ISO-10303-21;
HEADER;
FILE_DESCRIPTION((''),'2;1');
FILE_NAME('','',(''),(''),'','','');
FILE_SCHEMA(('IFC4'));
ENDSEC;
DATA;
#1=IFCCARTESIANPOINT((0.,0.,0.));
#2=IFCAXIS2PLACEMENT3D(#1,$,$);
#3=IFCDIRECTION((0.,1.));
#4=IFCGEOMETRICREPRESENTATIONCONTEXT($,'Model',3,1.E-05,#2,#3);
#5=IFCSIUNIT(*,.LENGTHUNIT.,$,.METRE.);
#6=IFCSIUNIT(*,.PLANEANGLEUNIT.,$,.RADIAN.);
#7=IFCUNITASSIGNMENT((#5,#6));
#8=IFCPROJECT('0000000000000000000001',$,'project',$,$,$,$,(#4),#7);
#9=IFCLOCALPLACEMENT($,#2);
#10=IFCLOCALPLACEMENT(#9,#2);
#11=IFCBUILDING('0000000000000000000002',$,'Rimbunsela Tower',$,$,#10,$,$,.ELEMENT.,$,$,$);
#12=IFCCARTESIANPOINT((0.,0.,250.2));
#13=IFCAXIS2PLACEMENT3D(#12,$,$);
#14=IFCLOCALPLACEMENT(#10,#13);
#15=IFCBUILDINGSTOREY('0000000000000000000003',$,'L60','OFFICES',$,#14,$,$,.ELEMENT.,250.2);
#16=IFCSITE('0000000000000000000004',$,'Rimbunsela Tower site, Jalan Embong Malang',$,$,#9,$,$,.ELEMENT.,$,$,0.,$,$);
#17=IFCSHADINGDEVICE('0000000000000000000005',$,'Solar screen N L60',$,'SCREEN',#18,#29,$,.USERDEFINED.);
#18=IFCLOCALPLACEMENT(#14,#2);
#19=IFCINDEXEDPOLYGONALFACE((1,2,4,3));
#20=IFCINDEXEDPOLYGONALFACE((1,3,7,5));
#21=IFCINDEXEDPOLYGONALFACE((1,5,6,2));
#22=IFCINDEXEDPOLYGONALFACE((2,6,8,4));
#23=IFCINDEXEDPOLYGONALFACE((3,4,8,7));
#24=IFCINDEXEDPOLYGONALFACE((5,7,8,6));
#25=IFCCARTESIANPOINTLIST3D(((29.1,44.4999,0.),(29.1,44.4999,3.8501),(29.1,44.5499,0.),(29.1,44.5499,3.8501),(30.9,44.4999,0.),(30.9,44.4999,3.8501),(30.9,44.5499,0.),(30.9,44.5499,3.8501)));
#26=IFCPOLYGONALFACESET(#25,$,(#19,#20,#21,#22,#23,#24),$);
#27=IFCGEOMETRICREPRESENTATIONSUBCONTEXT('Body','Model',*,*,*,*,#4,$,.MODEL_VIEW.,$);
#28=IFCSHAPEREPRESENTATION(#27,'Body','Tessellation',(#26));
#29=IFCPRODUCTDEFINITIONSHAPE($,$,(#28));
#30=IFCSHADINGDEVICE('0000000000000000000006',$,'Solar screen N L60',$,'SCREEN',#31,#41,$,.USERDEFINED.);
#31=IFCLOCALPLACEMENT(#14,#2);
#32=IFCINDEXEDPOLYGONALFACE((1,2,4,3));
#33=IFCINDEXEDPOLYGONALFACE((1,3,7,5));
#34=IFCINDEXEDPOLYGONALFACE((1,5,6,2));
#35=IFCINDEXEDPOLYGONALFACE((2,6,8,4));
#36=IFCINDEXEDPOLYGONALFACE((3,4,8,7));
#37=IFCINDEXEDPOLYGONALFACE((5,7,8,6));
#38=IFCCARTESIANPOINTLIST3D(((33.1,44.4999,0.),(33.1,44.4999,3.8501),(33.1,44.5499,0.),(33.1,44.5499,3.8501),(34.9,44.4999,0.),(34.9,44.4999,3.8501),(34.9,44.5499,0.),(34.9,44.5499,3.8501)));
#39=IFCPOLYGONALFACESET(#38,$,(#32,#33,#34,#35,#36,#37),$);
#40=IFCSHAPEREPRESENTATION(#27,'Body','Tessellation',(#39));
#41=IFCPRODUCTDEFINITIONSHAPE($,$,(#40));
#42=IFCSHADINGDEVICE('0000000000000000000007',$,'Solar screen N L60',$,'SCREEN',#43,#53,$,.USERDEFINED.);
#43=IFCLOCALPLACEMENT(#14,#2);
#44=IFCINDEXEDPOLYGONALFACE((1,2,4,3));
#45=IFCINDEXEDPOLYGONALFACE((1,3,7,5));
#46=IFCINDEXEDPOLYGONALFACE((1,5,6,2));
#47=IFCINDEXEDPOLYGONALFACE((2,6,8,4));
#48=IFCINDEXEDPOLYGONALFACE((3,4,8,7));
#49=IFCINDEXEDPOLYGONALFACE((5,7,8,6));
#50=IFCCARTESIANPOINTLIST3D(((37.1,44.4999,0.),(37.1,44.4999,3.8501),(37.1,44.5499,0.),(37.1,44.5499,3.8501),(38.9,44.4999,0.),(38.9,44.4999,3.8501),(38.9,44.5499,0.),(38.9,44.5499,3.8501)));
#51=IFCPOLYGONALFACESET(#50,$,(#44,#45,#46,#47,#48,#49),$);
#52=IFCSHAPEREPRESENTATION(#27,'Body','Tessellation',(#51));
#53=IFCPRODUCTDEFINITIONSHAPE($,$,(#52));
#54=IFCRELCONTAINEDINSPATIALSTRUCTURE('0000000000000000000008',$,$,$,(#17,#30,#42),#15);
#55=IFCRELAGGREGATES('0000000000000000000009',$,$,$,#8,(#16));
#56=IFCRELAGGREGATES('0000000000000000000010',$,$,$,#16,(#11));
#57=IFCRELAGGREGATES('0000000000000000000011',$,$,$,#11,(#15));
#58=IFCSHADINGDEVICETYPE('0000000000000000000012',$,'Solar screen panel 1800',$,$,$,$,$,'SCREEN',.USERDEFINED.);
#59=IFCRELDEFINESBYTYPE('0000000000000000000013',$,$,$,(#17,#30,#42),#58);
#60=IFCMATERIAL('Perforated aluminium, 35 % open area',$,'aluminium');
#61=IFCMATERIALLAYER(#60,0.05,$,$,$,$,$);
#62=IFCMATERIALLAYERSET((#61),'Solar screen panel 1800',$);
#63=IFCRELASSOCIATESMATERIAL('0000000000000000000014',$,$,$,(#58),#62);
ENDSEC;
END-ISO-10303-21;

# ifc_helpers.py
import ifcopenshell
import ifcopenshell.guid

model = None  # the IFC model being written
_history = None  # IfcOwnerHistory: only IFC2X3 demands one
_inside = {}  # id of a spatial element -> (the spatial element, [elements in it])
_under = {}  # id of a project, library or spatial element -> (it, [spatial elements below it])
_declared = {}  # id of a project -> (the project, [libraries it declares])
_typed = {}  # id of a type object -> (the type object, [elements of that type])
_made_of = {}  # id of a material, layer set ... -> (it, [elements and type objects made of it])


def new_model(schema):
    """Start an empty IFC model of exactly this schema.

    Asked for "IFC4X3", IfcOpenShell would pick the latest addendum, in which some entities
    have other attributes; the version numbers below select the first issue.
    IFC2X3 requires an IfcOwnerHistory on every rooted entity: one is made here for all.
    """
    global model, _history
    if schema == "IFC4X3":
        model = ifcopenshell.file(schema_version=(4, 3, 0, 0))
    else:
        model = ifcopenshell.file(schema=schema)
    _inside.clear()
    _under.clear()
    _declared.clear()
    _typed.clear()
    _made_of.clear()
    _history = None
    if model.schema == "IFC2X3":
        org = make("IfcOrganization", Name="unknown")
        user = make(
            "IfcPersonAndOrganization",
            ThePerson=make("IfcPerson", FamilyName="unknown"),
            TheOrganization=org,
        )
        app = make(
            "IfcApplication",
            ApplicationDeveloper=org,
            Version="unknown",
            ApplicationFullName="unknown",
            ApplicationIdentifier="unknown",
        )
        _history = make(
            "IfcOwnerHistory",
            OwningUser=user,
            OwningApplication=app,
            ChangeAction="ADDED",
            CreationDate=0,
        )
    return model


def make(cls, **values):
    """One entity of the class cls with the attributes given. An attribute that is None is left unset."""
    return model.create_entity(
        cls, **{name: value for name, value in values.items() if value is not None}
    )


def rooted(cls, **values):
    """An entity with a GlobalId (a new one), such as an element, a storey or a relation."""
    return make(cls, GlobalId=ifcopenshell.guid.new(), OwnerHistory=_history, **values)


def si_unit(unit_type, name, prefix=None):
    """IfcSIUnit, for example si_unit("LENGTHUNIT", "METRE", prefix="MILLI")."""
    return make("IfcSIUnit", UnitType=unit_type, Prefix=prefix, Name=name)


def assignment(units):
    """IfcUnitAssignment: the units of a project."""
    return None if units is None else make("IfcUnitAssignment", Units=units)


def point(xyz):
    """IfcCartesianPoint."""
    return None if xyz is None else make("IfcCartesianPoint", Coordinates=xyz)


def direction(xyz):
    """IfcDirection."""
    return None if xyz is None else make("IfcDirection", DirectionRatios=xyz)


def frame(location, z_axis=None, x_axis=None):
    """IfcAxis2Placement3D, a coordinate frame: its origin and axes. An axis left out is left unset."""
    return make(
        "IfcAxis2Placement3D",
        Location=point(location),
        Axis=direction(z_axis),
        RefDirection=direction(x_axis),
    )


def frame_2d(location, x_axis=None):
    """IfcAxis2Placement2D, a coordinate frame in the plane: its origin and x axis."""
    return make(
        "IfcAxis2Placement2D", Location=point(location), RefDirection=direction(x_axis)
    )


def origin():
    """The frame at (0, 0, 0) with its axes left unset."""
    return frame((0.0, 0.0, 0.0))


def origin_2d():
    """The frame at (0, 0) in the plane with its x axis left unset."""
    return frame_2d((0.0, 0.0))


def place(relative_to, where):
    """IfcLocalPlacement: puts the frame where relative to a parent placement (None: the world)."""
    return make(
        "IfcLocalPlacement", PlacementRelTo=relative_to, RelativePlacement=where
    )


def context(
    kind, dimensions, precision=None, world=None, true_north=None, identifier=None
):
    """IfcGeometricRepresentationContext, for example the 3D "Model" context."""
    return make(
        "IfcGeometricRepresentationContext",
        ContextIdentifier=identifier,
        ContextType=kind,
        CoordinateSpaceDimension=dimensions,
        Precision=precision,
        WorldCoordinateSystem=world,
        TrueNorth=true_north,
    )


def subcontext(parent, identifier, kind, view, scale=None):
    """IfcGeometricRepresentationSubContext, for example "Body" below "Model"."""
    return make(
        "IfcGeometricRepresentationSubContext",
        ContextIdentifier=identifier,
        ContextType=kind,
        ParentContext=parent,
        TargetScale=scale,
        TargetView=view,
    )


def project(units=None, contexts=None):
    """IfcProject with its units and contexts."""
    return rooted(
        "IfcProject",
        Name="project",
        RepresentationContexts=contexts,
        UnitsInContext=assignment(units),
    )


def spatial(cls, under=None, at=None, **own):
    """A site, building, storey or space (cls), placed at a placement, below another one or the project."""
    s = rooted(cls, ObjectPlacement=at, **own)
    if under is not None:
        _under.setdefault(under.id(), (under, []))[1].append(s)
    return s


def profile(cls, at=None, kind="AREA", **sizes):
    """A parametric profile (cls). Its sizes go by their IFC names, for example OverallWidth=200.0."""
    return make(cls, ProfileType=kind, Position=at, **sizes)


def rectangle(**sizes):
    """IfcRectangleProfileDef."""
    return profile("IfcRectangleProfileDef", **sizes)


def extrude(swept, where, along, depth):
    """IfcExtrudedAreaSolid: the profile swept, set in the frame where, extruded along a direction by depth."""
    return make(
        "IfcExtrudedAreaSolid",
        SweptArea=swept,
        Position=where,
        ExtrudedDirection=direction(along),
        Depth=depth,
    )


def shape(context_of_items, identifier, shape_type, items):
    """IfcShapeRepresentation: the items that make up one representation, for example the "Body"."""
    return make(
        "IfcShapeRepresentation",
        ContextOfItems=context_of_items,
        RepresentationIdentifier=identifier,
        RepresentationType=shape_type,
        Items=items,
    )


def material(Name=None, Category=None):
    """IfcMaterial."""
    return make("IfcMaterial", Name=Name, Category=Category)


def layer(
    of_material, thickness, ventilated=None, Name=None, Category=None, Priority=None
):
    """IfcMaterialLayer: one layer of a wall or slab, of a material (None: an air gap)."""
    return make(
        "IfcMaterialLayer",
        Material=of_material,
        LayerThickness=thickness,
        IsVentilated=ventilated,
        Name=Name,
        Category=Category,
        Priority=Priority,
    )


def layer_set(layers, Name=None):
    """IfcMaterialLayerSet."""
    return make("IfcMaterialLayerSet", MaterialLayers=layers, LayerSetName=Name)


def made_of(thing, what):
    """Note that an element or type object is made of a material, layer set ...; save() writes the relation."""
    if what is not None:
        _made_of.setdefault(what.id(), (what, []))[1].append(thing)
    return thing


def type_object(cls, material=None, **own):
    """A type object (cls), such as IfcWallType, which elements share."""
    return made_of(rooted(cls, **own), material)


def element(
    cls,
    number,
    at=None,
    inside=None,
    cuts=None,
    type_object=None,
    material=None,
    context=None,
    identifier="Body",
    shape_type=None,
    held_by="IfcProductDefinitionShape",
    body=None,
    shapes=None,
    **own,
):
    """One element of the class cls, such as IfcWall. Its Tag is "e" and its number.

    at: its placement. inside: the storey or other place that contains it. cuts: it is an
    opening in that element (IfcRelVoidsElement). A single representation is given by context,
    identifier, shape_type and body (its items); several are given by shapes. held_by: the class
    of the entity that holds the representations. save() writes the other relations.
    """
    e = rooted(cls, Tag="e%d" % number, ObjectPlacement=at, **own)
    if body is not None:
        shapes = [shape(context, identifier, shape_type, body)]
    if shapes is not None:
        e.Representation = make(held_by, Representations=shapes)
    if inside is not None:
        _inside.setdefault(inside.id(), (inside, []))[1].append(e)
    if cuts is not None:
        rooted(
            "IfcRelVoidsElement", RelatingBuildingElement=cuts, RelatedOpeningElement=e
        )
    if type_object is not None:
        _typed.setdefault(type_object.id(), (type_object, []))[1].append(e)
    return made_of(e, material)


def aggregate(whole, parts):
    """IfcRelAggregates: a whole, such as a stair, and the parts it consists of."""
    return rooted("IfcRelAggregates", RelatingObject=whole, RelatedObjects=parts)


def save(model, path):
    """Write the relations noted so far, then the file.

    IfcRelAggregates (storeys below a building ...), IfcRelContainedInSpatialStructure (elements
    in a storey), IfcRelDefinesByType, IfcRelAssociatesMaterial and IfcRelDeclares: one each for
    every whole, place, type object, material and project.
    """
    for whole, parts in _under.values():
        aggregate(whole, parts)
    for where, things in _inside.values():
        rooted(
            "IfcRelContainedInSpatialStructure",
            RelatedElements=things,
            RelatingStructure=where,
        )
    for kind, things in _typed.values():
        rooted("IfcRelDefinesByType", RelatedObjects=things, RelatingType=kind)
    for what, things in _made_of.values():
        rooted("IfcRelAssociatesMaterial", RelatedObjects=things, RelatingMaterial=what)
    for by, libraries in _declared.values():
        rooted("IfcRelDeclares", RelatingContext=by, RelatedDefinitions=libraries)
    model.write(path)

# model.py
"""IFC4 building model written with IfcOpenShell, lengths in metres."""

from ifc_helpers import new_model, si_unit, direction, frame, origin, origin_2d, place, context, subcontext, project, spatial, rectangle, extrude, material, layer, layer_set, type_object, element, save


model = new_model("IFC4")

# Units and contexts
model_context = context("Model", 3, precision=1e-05, world=origin(), true_north=direction((0.0, 1.0)))
body_context = subcontext(model_context, "Body", "Model", "MODEL_VIEW")
ifc_project = project(units=[si_unit("LENGTHUNIT", "METRE"), si_unit("PLANEANGLEUNIT", "RADIAN")], contexts=[model_context])

# Site, building, storey
site_placement = place(None, origin())
site = spatial("IfcSite", under=ifc_project, at=site_placement, Name="Rimbunsela Tower site, Jalan Embong Malang", CompositionType="ELEMENT", RefElevation=0.0)
building_placement = place(site_placement, origin())
building = spatial("IfcBuilding", under=site, at=building_placement, Name="Rimbunsela Tower", CompositionType="ELEMENT")
storey_placement = place(building_placement, frame((0.0, 0.0, 250.2)))
storey = spatial("IfcBuildingStorey", under=building, at=storey_placement, Name="L60", Description="OFFICES", CompositionType="ELEMENT", Elevation=250.2)

# Shading devices
ifc_material_1 = material(Name="Perforated aluminium, 35 % open area", Category="aluminium")
ifc_layer_1 = layer(ifc_material_1, 0.05)
ifc_layer_set_1 = layer_set([ifc_layer_1], Name="Solar screen panel 1800")
shading_device_type = type_object("IfcShadingDeviceType", Name="Solar screen panel 1800", ElementType="SCREEN", PredefinedType="USERDEFINED", material=ifc_layer_set_1)
for number, where, z_axis, x_axis, name in (
    (1, (30.0, 44.5249, 0.0), (0.0, 0.0, 1.0), (1.0, 0.0, 0.0), "Solar screen N L60"),
    (2, (34.0, 44.5249, 0.0), (0.0, 0.0, 1.0), (1.0, 0.0, 0.0), "Solar screen N L60"),
    (3, (38.0, 44.5249, 0.0), (0.0, 0.0, 1.0), (1.0, 0.0, 0.0), "Solar screen N L60"),
):
    element("IfcShadingDevice", number, at=place(storey_placement, frame(where, z_axis=z_axis, x_axis=x_axis)), inside=storey, type_object=shading_device_type, Name=name, ObjectType="SCREEN", PredefinedType="USERDEFINED", context=body_context, shape_type="SweptSolid", body=[
        extrude(rectangle(XDim=1.8, YDim=0.05, at=origin_2d()), origin(), (0.0, 0.0, 1.0), 3.8501),
    ])

save(model, "model.ifc")
